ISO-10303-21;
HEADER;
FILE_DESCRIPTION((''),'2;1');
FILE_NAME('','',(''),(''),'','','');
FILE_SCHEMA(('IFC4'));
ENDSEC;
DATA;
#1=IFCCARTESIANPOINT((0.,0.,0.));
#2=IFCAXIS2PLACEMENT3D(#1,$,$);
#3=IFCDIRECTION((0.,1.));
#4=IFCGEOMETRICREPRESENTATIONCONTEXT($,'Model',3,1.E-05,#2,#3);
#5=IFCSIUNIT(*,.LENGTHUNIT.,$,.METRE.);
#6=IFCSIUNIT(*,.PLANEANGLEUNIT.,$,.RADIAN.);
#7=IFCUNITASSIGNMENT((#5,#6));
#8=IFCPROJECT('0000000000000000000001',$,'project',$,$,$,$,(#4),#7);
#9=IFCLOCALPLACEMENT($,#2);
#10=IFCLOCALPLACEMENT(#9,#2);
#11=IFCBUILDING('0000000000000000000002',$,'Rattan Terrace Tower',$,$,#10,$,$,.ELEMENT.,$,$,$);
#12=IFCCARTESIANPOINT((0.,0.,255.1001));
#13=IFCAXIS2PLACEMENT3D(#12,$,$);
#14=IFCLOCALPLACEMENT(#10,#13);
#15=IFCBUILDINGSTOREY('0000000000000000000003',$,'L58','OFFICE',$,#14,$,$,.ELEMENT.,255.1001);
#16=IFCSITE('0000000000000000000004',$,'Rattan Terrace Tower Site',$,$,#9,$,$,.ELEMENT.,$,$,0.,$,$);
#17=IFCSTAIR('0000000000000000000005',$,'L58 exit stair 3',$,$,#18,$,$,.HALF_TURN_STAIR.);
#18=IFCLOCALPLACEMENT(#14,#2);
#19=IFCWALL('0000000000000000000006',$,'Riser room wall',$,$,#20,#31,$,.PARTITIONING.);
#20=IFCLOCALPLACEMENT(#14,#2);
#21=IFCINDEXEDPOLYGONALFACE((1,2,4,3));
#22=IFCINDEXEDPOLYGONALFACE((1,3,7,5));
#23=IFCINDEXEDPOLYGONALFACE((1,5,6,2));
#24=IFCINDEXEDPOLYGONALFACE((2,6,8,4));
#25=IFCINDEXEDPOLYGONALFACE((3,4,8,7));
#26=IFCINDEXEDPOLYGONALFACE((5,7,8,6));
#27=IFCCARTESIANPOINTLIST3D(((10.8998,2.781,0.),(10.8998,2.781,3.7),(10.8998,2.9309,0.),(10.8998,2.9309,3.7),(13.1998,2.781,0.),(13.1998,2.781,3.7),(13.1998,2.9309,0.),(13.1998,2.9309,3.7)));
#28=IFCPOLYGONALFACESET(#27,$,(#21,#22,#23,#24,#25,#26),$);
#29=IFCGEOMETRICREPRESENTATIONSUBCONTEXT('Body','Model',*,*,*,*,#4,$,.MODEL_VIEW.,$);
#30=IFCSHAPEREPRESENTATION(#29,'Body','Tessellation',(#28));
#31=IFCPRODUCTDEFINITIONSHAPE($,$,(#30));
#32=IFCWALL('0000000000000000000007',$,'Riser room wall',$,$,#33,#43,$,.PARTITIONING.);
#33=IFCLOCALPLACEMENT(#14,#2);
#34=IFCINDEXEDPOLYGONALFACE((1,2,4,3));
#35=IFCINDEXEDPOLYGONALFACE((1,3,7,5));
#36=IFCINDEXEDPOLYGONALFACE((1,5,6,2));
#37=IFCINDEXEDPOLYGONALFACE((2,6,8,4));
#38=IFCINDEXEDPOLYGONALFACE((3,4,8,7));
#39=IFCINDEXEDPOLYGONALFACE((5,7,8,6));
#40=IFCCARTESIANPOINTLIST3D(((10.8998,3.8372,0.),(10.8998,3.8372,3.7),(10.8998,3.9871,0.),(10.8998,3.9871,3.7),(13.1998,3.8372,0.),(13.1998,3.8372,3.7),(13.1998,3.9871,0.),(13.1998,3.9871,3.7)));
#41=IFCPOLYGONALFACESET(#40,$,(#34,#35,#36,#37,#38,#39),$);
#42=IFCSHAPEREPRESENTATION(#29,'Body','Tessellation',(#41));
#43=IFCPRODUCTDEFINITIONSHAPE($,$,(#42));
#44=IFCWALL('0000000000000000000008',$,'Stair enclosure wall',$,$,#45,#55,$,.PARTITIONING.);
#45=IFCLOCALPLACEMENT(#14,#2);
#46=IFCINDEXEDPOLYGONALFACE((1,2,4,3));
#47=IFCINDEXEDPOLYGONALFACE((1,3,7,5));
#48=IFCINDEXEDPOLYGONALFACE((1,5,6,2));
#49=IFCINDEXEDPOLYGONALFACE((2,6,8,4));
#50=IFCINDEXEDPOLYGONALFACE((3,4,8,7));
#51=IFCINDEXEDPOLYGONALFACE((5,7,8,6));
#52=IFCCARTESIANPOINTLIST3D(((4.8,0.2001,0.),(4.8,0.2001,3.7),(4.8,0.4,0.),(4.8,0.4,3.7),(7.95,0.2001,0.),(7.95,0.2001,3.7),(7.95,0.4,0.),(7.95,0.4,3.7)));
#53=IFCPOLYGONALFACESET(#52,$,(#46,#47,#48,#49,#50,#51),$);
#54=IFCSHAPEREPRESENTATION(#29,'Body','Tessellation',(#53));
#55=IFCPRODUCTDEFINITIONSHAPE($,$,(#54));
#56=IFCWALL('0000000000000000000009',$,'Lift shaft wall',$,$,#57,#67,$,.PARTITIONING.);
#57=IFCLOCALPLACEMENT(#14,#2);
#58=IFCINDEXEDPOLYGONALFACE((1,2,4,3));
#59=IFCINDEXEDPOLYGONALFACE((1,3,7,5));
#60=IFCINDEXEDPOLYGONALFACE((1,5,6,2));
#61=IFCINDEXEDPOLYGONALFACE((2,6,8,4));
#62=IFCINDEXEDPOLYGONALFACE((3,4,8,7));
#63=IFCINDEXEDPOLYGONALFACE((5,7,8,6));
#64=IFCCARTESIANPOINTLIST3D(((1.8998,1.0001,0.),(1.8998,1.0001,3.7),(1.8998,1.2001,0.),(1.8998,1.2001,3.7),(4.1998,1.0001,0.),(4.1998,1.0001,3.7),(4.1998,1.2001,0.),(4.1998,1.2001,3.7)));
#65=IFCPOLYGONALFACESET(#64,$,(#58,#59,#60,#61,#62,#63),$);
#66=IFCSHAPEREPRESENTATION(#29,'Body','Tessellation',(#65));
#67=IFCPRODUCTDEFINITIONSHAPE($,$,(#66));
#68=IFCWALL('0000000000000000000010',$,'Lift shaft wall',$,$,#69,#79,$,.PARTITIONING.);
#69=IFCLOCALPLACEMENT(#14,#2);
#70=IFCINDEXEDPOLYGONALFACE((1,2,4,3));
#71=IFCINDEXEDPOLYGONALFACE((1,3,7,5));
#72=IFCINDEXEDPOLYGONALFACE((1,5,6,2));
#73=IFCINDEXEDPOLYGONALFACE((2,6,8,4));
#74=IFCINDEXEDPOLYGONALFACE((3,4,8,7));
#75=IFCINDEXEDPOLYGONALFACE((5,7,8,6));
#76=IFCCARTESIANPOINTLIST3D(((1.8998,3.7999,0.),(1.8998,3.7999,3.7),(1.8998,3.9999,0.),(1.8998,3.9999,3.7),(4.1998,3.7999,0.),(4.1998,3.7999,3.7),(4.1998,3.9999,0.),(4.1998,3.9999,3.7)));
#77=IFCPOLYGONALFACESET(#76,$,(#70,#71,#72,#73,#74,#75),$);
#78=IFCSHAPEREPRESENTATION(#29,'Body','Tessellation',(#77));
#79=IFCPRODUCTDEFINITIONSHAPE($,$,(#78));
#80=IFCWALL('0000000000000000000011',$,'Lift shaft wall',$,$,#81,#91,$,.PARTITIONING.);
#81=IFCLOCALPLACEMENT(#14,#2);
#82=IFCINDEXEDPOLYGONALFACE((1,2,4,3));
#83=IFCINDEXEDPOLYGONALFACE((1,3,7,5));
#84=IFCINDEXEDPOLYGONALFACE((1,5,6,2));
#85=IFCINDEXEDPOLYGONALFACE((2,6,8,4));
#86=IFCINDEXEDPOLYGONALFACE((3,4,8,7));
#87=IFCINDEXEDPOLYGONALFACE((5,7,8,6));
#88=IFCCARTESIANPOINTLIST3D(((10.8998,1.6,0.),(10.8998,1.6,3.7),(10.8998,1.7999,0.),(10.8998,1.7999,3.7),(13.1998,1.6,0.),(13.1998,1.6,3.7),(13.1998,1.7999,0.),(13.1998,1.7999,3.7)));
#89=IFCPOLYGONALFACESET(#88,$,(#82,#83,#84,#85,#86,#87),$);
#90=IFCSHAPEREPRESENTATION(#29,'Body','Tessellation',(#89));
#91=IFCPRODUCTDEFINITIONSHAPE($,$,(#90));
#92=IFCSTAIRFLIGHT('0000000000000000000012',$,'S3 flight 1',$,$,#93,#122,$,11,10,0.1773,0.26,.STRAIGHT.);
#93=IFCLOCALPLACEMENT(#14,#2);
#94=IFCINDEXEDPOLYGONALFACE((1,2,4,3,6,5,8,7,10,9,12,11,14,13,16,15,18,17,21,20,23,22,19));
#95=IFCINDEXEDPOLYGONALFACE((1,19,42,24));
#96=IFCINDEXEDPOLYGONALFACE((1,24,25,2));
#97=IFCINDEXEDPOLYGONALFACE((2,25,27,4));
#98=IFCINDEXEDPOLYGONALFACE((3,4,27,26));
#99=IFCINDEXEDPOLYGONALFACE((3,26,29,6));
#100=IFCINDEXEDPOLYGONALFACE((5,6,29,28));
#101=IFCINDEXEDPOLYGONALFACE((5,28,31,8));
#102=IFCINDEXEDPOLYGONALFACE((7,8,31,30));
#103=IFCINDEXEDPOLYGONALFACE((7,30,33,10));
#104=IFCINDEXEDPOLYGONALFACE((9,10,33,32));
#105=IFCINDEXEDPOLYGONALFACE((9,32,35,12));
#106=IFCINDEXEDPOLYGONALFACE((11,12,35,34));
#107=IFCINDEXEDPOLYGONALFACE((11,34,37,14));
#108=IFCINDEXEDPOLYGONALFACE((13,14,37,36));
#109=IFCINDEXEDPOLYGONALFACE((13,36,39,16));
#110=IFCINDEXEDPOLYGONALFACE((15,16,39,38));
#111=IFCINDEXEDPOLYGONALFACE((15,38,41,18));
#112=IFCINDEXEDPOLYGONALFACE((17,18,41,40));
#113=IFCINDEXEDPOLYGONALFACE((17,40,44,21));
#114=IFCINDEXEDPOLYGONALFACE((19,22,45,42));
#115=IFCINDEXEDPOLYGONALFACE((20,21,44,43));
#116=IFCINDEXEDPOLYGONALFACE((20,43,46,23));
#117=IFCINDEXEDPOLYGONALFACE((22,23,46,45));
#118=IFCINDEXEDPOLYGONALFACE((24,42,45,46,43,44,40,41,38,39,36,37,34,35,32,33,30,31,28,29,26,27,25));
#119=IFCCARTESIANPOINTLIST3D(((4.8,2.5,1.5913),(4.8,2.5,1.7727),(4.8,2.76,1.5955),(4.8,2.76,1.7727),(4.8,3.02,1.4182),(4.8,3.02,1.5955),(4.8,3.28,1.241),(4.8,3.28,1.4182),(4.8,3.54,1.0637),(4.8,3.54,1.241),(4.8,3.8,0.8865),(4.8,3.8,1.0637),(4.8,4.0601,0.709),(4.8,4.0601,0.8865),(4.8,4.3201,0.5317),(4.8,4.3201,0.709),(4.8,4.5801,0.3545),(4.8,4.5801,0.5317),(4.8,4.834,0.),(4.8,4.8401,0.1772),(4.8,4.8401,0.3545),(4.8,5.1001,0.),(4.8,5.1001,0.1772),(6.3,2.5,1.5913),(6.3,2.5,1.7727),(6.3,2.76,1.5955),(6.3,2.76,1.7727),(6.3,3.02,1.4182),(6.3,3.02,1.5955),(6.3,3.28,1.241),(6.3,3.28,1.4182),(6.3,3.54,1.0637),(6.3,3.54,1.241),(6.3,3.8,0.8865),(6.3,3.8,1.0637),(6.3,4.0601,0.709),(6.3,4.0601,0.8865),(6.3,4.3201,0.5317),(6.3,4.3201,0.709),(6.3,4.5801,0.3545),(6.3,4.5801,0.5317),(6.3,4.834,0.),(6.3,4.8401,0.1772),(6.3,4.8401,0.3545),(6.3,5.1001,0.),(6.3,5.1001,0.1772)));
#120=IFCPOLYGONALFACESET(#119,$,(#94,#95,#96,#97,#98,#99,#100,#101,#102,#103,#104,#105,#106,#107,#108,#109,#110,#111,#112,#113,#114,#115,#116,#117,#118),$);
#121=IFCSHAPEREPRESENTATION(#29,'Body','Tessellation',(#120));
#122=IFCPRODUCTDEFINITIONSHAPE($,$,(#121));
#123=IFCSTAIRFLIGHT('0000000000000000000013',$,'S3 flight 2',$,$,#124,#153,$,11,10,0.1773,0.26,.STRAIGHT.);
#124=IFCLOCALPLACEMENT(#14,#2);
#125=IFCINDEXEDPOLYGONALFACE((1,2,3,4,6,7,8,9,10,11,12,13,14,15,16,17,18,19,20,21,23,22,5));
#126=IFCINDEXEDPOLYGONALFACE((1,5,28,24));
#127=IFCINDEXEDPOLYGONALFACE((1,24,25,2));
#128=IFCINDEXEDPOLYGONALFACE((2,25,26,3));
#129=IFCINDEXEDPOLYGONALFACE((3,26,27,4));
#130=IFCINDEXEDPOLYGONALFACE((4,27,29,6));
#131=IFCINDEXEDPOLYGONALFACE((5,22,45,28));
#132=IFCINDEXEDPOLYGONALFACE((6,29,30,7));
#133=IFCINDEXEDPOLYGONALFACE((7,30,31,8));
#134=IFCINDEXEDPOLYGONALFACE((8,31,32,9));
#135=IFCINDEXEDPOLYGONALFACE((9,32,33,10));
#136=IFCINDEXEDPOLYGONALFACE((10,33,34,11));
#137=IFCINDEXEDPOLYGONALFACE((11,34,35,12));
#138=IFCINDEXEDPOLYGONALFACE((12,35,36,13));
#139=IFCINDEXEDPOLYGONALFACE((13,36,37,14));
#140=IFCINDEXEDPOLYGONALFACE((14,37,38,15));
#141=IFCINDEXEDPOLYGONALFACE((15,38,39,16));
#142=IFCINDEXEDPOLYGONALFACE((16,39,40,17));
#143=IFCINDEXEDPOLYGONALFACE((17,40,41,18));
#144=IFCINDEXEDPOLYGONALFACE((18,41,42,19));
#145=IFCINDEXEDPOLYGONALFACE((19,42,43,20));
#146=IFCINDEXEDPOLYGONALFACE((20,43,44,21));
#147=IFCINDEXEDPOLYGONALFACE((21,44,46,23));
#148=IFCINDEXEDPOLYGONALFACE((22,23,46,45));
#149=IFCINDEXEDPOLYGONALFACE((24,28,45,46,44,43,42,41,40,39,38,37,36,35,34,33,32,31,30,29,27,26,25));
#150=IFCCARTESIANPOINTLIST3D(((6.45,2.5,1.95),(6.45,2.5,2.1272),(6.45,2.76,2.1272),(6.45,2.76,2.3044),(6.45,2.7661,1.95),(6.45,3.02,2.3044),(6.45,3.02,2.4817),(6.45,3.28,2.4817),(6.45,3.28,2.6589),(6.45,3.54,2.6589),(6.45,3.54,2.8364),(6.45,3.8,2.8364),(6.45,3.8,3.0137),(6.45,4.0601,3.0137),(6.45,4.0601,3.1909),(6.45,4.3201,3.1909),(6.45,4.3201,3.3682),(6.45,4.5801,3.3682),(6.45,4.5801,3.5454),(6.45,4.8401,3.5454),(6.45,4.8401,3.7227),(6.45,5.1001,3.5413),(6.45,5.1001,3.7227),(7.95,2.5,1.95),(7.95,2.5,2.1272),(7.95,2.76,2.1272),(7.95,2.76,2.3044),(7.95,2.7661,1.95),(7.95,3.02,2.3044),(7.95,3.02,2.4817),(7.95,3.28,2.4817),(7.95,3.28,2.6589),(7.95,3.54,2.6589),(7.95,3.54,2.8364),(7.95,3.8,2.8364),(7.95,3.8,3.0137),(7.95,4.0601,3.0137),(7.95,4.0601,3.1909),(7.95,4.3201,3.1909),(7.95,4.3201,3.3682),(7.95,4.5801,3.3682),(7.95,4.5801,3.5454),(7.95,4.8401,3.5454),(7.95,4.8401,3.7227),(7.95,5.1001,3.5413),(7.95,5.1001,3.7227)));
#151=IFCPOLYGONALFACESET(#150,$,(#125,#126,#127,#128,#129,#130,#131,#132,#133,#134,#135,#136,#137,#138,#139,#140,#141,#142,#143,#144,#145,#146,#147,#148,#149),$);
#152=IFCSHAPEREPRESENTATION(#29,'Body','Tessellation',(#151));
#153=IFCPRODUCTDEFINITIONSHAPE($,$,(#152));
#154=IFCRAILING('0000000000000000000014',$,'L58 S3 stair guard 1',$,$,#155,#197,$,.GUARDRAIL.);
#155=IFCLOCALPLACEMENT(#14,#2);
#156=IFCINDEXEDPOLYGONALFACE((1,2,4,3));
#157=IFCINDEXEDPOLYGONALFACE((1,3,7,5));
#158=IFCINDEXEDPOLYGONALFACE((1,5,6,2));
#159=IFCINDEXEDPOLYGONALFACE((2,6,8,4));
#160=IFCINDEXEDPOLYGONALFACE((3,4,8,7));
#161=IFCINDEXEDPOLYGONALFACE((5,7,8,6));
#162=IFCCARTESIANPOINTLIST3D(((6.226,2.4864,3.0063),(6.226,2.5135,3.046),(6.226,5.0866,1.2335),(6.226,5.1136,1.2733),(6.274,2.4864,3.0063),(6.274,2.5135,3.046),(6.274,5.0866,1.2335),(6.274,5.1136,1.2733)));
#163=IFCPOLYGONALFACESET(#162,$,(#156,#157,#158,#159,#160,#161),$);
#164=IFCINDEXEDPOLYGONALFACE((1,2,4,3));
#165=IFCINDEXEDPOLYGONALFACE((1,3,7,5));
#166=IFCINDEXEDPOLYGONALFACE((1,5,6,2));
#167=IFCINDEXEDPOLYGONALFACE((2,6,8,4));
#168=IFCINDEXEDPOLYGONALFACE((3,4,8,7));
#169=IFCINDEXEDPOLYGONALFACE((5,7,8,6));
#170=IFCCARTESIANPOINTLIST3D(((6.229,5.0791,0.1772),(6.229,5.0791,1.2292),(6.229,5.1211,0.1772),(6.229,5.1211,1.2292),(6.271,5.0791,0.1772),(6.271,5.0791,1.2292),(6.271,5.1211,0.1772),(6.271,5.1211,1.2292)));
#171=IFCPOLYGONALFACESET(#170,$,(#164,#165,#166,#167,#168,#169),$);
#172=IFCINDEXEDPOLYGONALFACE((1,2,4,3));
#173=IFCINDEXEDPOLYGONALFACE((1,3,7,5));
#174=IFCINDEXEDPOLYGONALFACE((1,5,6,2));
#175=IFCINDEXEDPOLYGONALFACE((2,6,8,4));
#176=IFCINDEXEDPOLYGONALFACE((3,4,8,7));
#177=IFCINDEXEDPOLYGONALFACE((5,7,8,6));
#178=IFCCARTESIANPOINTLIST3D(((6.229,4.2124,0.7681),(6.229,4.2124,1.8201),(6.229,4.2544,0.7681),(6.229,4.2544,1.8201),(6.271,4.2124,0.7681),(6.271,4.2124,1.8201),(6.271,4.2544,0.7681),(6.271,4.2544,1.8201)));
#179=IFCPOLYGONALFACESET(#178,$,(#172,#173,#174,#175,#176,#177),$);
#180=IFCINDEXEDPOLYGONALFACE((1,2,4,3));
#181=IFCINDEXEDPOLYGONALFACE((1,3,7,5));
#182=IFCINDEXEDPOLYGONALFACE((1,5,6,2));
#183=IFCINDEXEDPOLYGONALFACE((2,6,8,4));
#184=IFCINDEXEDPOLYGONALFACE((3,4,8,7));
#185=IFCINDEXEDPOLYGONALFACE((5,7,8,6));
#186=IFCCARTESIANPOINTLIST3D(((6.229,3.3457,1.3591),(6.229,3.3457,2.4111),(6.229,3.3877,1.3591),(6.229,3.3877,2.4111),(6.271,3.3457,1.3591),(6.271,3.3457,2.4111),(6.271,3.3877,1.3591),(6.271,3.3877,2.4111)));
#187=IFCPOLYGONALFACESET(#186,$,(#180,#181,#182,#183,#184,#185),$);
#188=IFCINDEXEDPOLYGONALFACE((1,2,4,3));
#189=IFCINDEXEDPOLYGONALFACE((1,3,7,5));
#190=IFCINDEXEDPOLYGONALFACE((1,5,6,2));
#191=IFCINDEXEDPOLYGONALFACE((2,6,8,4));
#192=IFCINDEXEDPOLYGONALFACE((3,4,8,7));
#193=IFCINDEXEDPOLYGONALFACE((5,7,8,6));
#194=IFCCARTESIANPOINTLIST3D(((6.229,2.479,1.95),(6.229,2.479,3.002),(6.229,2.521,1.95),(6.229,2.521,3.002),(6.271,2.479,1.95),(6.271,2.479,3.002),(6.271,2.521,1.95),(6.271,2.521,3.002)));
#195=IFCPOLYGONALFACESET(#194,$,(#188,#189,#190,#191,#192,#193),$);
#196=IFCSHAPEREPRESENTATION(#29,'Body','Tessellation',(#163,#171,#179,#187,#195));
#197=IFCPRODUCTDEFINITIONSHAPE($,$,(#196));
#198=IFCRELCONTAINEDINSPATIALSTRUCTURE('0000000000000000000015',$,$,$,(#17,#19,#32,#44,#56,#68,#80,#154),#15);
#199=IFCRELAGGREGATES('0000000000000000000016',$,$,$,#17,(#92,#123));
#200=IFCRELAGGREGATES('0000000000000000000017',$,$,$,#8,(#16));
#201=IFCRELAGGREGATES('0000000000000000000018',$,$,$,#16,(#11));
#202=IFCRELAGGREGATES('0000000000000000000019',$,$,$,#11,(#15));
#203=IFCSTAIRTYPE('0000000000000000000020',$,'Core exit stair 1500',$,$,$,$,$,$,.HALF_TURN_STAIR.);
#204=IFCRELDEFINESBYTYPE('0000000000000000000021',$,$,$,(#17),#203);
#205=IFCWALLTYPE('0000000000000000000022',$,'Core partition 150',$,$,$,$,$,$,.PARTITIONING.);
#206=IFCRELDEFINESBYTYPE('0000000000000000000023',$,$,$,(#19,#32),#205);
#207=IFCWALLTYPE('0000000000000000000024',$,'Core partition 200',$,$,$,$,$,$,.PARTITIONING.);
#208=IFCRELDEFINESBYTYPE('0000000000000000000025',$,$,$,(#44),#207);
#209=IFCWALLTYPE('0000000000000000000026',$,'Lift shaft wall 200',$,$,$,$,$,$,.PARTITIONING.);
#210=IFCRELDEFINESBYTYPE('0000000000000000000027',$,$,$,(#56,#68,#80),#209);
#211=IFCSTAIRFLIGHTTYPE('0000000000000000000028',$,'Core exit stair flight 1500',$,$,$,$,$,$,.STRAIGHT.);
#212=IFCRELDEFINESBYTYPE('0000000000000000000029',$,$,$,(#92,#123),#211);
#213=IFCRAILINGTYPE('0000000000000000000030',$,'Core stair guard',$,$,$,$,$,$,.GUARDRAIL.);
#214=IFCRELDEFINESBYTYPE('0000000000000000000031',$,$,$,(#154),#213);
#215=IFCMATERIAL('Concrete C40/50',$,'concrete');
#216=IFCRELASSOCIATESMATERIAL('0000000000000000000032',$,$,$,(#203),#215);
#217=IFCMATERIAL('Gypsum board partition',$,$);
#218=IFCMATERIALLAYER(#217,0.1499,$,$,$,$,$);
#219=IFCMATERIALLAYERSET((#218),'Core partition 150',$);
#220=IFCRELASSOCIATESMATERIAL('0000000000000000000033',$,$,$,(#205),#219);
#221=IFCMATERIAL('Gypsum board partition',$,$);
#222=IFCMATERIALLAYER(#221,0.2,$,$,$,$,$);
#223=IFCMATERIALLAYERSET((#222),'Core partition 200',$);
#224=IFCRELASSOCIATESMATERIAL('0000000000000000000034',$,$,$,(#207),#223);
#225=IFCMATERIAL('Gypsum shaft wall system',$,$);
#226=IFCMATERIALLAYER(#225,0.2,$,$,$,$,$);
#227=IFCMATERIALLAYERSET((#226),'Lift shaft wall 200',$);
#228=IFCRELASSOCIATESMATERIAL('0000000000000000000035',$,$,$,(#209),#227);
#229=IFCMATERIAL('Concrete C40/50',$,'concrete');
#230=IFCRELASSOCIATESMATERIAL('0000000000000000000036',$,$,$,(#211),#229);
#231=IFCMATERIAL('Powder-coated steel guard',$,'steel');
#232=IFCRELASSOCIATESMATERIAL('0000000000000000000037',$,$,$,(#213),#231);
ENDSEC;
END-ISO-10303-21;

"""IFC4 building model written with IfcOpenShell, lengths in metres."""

from ifc_helpers import new_model, si_unit, direction, frame, frame_2d, origin, origin_2d, place, context, subcontext, project, spatial, polyline, rectangle, outline, extrude, material, layer, layer_set, type_object, element, aggregate, save


model = new_model("IFC4")

# Units and contexts
model_context = context("Model", 3, precision=1e-05, world=origin(), true_north=direction((0.0, 1.0)))
body_context = subcontext(model_context, "Body", "Model", "MODEL_VIEW")
ifc_project = project(units=[si_unit("LENGTHUNIT", "METRE"), si_unit("PLANEANGLEUNIT", "RADIAN")], contexts=[model_context])

# Site, building, storey
site_placement = place(None, origin())
site = spatial("IfcSite", under=ifc_project, at=site_placement, Name="Rattan Terrace Tower Site", CompositionType="ELEMENT", RefElevation=0.0)
building_placement = place(site_placement, origin())
building = spatial("IfcBuilding", under=site, at=building_placement, Name="Rattan Terrace Tower", CompositionType="ELEMENT")
storey_placement = place(building_placement, frame((0.0, 0.0, 255.1001)))
storey = spatial("IfcBuildingStorey", under=building, at=storey_placement, Name="L58", Description="OFFICE", CompositionType="ELEMENT", Elevation=255.1001)

# Stair
ifc_material_1 = material(Name="Concrete C40/50", Category="concrete")
stair_type = type_object("IfcStairType", Name="Core exit stair 1500", PredefinedType="HALF_TURN_STAIR", material=ifc_material_1)
stair_1_placement = place(storey_placement, origin())
stair_1 = element("IfcStair", 1, at=stair_1_placement, inside=storey, type_object=stair_type, Name="L58 exit stair 3", PredefinedType="HALF_TURN_STAIR")

# Walls
ifc_material_2 = material(Name="Gypsum board partition")
ifc_layer_1 = layer(ifc_material_2, 0.1499)
ifc_layer_set_1 = layer_set([ifc_layer_1], Name="Core partition 150")
wall_type_1 = type_object("IfcWallType", Name="Core partition 150", PredefinedType="PARTITIONING", material=ifc_layer_set_1)
for number, where, z_axis, x_axis, name in (
    (2, (10.8999, 2.856, 0.0), (0.0, 0.0, 1.0), (1.0, 0.0, 0.0), "Riser room wall"),
    (3, (10.8999, 3.9121, 0.0), (0.0, 0.0, 1.0), (1.0, 0.0, 0.0), "Riser room wall"),
):
    element("IfcWall", number, at=place(storey_placement, frame(where, z_axis=z_axis, x_axis=x_axis)), inside=storey, type_object=wall_type_1, Name=name, PredefinedType="PARTITIONING", context=body_context, shape_type="SweptSolid", body=[
        extrude(rectangle(XDim=2.3, YDim=0.1499, at=frame_2d((1.1499, 0.0))), origin(), (0.0, 0.0, 1.0), 3.7),
    ])
ifc_material_3 = material(Name="Gypsum board partition")
ifc_layer_2 = layer(ifc_material_3, 0.2)
ifc_layer_set_2 = layer_set([ifc_layer_2], Name="Core partition 200")
wall_type_2 = type_object("IfcWallType", Name="Core partition 200", PredefinedType="PARTITIONING", material=ifc_layer_set_2)
wall_placement = place(storey_placement, frame((4.8, 0.3, 0.0), z_axis=(0.0, 0.0, 1.0), x_axis=(1.0, 0.0, 0.0)))
element("IfcWall", 4, at=wall_placement, inside=storey, type_object=wall_type_2, Name="Stair enclosure wall", PredefinedType="PARTITIONING", context=body_context, shape_type="SweptSolid", body=[
    extrude(rectangle(XDim=3.1499, YDim=0.2, at=frame_2d((1.575, 0.0))), origin(), (0.0, 0.0, 1.0), 3.7),
])
ifc_material_4 = material(Name="Gypsum shaft wall system")
ifc_layer_3 = layer(ifc_material_4, 0.2)
ifc_layer_set_3 = layer_set([ifc_layer_3], Name="Lift shaft wall 200")
wall_type_3 = type_object("IfcWallType", Name="Lift shaft wall 200", PredefinedType="PARTITIONING", material=ifc_layer_set_3)
for number, where, z_axis, x_axis, name in (
    (5, (1.8999, 1.1001, 0.0), (0.0, 0.0, 1.0), (1.0, 0.0, 0.0), "Lift shaft wall"),
    (6, (1.8999, 3.8999, 0.0), (0.0, 0.0, 1.0), (1.0, 0.0, 0.0), "Lift shaft wall"),
    (7, (10.8999, 1.7, 0.0), (0.0, 0.0, 1.0), (1.0, 0.0, 0.0), "Lift shaft wall"),
):
    element("IfcWall", number, at=place(storey_placement, frame(where, z_axis=z_axis, x_axis=x_axis)), inside=storey, type_object=wall_type_3, Name=name, PredefinedType="PARTITIONING", context=body_context, shape_type="SweptSolid", body=[
        extrude(rectangle(XDim=2.3, YDim=0.2, at=frame_2d((1.1499, 0.0))), origin(), (0.0, 0.0, 1.0), 3.7),
    ])

# Stair flights
ifc_material_5 = material(Name="Concrete C40/50", Category="concrete")
stair_flight_type = type_object("IfcStairFlightType", Name="Core exit stair flight 1500", PredefinedType="STRAIGHT", material=ifc_material_5)
stair_flight_1_placement = place(storey_placement, frame((5.55, 5.1001, 0.0), z_axis=(0.0, 0.0, 1.0), x_axis=(0.0, -1.0, 0.0)))
stair_flight_1 = element("IfcStairFlight", 8, at=stair_flight_1_placement, type_object=stair_flight_type, Name="S3 flight 1", NumberOfRisers=11, NumberOfTreads=10, PredefinedType="STRAIGHT", RiserHeight=0.1773, TreadLength=0.26, context=body_context, shape_type="SweptSolid", body=[
    extrude(outline(polyline([(0.0, 0.0), (0.0, 0.1772), (0.26, 0.1772), (0.26, 0.3545), (0.52, 0.3545), (0.52, 0.5317), (0.78, 0.5317), (0.78, 0.709), (1.04, 0.709), (1.04, 0.8865), (1.3, 0.8865), (1.3, 1.0637), (1.5601, 1.0637), (1.5601, 1.241), (1.8201, 1.241), (1.8201, 1.4182), (2.0801, 1.4182), (2.0801, 1.5955), (2.3401, 1.5955), (2.3401, 1.7727), (2.6001, 1.7727), (2.6001, 1.95), (2.6001, 1.5913), (0.2661, 0.0), (0.0, 0.0)])), frame((0.0, 0.75, 0.0), z_axis=(0.0, -1.0, 0.0), x_axis=(1.0, 0.0, 0.0)), (0.0, 0.0, 1.0), 1.5),
])
stair_flight_2_placement = place(storey_placement, frame((7.2, 2.5, 1.95), z_axis=(0.0, 0.0, 1.0), x_axis=(0.0, 1.0, 0.0)))
stair_flight_2 = element("IfcStairFlight", 9, at=stair_flight_2_placement, type_object=stair_flight_type, Name="S3 flight 2", NumberOfRisers=11, NumberOfTreads=10, PredefinedType="STRAIGHT", RiserHeight=0.1773, TreadLength=0.26, context=body_context, shape_type="SweptSolid", body=[
    extrude(outline(polyline([(0.0, 0.0), (0.0, 0.1772), (0.26, 0.1772), (0.26, 0.3545), (0.52, 0.3545), (0.52, 0.5317), (0.78, 0.5317), (0.78, 0.709), (1.04, 0.709), (1.04, 0.8865), (1.3, 0.8865), (1.3, 1.0637), (1.5601, 1.0637), (1.5601, 1.241), (1.8201, 1.241), (1.8201, 1.4182), (2.0801, 1.4182), (2.0801, 1.5955), (2.3401, 1.5955), (2.3401, 1.7727), (2.6001, 1.7727), (2.6001, 1.95), (2.6001, 1.5913), (0.2661, 0.0), (0.0, 0.0)])), frame((0.0, 0.75, 0.0), z_axis=(0.0, -1.0, 0.0), x_axis=(1.0, 0.0, 0.0)), (0.0, 0.0, 1.0), 1.5),
])
aggregate(stair_1, [stair_flight_1, stair_flight_2])

# Railing
ifc_material_6 = material(Name="Powder-coated steel guard", Category="steel")
railing_type_1 = type_object("IfcRailingType", Name="Core stair guard", PredefinedType="GUARDRAIL", material=ifc_material_6)
railing_1_placement = place(storey_placement, frame((6.25, 5.1001, 0.1772)))
element("IfcRailing", 10, at=railing_1_placement, inside=storey, type_object=railing_type_1, Name="L58 S3 stair guard 1", PredefinedType="GUARDRAIL", context=body_context, shape_type="SweptSolid", body=[
    extrude(rectangle(XDim=0.0481, YDim=0.0481, at=origin_2d()), frame((0.0, 0.0, 1.0762), z_axis=(0.0, -0.82624, 0.563318), x_axis=(1.0, 0.0, 0.0)), (0.0, 0.0, 1.0), 3.147),
    extrude(rectangle(XDim=0.042, YDim=0.042, at=origin_2d()), origin(), (0.0, 0.0, 1.0), 1.052),
    extrude(rectangle(XDim=0.042, YDim=0.042, at=origin_2d()), frame((0.0, -0.8667, 0.5908)), (0.0, 0.0, 1.0), 1.052),
    extrude(rectangle(XDim=0.042, YDim=0.042, at=origin_2d()), frame((0.0, -1.7334, 1.1819)), (0.0, 0.0, 1.0), 1.052),
    extrude(rectangle(XDim=0.042, YDim=0.042, at=origin_2d()), frame((0.0, -2.6001, 1.7727)), (0.0, 0.0, 1.0), 1.052),
])

save(model, "model.ifc")
